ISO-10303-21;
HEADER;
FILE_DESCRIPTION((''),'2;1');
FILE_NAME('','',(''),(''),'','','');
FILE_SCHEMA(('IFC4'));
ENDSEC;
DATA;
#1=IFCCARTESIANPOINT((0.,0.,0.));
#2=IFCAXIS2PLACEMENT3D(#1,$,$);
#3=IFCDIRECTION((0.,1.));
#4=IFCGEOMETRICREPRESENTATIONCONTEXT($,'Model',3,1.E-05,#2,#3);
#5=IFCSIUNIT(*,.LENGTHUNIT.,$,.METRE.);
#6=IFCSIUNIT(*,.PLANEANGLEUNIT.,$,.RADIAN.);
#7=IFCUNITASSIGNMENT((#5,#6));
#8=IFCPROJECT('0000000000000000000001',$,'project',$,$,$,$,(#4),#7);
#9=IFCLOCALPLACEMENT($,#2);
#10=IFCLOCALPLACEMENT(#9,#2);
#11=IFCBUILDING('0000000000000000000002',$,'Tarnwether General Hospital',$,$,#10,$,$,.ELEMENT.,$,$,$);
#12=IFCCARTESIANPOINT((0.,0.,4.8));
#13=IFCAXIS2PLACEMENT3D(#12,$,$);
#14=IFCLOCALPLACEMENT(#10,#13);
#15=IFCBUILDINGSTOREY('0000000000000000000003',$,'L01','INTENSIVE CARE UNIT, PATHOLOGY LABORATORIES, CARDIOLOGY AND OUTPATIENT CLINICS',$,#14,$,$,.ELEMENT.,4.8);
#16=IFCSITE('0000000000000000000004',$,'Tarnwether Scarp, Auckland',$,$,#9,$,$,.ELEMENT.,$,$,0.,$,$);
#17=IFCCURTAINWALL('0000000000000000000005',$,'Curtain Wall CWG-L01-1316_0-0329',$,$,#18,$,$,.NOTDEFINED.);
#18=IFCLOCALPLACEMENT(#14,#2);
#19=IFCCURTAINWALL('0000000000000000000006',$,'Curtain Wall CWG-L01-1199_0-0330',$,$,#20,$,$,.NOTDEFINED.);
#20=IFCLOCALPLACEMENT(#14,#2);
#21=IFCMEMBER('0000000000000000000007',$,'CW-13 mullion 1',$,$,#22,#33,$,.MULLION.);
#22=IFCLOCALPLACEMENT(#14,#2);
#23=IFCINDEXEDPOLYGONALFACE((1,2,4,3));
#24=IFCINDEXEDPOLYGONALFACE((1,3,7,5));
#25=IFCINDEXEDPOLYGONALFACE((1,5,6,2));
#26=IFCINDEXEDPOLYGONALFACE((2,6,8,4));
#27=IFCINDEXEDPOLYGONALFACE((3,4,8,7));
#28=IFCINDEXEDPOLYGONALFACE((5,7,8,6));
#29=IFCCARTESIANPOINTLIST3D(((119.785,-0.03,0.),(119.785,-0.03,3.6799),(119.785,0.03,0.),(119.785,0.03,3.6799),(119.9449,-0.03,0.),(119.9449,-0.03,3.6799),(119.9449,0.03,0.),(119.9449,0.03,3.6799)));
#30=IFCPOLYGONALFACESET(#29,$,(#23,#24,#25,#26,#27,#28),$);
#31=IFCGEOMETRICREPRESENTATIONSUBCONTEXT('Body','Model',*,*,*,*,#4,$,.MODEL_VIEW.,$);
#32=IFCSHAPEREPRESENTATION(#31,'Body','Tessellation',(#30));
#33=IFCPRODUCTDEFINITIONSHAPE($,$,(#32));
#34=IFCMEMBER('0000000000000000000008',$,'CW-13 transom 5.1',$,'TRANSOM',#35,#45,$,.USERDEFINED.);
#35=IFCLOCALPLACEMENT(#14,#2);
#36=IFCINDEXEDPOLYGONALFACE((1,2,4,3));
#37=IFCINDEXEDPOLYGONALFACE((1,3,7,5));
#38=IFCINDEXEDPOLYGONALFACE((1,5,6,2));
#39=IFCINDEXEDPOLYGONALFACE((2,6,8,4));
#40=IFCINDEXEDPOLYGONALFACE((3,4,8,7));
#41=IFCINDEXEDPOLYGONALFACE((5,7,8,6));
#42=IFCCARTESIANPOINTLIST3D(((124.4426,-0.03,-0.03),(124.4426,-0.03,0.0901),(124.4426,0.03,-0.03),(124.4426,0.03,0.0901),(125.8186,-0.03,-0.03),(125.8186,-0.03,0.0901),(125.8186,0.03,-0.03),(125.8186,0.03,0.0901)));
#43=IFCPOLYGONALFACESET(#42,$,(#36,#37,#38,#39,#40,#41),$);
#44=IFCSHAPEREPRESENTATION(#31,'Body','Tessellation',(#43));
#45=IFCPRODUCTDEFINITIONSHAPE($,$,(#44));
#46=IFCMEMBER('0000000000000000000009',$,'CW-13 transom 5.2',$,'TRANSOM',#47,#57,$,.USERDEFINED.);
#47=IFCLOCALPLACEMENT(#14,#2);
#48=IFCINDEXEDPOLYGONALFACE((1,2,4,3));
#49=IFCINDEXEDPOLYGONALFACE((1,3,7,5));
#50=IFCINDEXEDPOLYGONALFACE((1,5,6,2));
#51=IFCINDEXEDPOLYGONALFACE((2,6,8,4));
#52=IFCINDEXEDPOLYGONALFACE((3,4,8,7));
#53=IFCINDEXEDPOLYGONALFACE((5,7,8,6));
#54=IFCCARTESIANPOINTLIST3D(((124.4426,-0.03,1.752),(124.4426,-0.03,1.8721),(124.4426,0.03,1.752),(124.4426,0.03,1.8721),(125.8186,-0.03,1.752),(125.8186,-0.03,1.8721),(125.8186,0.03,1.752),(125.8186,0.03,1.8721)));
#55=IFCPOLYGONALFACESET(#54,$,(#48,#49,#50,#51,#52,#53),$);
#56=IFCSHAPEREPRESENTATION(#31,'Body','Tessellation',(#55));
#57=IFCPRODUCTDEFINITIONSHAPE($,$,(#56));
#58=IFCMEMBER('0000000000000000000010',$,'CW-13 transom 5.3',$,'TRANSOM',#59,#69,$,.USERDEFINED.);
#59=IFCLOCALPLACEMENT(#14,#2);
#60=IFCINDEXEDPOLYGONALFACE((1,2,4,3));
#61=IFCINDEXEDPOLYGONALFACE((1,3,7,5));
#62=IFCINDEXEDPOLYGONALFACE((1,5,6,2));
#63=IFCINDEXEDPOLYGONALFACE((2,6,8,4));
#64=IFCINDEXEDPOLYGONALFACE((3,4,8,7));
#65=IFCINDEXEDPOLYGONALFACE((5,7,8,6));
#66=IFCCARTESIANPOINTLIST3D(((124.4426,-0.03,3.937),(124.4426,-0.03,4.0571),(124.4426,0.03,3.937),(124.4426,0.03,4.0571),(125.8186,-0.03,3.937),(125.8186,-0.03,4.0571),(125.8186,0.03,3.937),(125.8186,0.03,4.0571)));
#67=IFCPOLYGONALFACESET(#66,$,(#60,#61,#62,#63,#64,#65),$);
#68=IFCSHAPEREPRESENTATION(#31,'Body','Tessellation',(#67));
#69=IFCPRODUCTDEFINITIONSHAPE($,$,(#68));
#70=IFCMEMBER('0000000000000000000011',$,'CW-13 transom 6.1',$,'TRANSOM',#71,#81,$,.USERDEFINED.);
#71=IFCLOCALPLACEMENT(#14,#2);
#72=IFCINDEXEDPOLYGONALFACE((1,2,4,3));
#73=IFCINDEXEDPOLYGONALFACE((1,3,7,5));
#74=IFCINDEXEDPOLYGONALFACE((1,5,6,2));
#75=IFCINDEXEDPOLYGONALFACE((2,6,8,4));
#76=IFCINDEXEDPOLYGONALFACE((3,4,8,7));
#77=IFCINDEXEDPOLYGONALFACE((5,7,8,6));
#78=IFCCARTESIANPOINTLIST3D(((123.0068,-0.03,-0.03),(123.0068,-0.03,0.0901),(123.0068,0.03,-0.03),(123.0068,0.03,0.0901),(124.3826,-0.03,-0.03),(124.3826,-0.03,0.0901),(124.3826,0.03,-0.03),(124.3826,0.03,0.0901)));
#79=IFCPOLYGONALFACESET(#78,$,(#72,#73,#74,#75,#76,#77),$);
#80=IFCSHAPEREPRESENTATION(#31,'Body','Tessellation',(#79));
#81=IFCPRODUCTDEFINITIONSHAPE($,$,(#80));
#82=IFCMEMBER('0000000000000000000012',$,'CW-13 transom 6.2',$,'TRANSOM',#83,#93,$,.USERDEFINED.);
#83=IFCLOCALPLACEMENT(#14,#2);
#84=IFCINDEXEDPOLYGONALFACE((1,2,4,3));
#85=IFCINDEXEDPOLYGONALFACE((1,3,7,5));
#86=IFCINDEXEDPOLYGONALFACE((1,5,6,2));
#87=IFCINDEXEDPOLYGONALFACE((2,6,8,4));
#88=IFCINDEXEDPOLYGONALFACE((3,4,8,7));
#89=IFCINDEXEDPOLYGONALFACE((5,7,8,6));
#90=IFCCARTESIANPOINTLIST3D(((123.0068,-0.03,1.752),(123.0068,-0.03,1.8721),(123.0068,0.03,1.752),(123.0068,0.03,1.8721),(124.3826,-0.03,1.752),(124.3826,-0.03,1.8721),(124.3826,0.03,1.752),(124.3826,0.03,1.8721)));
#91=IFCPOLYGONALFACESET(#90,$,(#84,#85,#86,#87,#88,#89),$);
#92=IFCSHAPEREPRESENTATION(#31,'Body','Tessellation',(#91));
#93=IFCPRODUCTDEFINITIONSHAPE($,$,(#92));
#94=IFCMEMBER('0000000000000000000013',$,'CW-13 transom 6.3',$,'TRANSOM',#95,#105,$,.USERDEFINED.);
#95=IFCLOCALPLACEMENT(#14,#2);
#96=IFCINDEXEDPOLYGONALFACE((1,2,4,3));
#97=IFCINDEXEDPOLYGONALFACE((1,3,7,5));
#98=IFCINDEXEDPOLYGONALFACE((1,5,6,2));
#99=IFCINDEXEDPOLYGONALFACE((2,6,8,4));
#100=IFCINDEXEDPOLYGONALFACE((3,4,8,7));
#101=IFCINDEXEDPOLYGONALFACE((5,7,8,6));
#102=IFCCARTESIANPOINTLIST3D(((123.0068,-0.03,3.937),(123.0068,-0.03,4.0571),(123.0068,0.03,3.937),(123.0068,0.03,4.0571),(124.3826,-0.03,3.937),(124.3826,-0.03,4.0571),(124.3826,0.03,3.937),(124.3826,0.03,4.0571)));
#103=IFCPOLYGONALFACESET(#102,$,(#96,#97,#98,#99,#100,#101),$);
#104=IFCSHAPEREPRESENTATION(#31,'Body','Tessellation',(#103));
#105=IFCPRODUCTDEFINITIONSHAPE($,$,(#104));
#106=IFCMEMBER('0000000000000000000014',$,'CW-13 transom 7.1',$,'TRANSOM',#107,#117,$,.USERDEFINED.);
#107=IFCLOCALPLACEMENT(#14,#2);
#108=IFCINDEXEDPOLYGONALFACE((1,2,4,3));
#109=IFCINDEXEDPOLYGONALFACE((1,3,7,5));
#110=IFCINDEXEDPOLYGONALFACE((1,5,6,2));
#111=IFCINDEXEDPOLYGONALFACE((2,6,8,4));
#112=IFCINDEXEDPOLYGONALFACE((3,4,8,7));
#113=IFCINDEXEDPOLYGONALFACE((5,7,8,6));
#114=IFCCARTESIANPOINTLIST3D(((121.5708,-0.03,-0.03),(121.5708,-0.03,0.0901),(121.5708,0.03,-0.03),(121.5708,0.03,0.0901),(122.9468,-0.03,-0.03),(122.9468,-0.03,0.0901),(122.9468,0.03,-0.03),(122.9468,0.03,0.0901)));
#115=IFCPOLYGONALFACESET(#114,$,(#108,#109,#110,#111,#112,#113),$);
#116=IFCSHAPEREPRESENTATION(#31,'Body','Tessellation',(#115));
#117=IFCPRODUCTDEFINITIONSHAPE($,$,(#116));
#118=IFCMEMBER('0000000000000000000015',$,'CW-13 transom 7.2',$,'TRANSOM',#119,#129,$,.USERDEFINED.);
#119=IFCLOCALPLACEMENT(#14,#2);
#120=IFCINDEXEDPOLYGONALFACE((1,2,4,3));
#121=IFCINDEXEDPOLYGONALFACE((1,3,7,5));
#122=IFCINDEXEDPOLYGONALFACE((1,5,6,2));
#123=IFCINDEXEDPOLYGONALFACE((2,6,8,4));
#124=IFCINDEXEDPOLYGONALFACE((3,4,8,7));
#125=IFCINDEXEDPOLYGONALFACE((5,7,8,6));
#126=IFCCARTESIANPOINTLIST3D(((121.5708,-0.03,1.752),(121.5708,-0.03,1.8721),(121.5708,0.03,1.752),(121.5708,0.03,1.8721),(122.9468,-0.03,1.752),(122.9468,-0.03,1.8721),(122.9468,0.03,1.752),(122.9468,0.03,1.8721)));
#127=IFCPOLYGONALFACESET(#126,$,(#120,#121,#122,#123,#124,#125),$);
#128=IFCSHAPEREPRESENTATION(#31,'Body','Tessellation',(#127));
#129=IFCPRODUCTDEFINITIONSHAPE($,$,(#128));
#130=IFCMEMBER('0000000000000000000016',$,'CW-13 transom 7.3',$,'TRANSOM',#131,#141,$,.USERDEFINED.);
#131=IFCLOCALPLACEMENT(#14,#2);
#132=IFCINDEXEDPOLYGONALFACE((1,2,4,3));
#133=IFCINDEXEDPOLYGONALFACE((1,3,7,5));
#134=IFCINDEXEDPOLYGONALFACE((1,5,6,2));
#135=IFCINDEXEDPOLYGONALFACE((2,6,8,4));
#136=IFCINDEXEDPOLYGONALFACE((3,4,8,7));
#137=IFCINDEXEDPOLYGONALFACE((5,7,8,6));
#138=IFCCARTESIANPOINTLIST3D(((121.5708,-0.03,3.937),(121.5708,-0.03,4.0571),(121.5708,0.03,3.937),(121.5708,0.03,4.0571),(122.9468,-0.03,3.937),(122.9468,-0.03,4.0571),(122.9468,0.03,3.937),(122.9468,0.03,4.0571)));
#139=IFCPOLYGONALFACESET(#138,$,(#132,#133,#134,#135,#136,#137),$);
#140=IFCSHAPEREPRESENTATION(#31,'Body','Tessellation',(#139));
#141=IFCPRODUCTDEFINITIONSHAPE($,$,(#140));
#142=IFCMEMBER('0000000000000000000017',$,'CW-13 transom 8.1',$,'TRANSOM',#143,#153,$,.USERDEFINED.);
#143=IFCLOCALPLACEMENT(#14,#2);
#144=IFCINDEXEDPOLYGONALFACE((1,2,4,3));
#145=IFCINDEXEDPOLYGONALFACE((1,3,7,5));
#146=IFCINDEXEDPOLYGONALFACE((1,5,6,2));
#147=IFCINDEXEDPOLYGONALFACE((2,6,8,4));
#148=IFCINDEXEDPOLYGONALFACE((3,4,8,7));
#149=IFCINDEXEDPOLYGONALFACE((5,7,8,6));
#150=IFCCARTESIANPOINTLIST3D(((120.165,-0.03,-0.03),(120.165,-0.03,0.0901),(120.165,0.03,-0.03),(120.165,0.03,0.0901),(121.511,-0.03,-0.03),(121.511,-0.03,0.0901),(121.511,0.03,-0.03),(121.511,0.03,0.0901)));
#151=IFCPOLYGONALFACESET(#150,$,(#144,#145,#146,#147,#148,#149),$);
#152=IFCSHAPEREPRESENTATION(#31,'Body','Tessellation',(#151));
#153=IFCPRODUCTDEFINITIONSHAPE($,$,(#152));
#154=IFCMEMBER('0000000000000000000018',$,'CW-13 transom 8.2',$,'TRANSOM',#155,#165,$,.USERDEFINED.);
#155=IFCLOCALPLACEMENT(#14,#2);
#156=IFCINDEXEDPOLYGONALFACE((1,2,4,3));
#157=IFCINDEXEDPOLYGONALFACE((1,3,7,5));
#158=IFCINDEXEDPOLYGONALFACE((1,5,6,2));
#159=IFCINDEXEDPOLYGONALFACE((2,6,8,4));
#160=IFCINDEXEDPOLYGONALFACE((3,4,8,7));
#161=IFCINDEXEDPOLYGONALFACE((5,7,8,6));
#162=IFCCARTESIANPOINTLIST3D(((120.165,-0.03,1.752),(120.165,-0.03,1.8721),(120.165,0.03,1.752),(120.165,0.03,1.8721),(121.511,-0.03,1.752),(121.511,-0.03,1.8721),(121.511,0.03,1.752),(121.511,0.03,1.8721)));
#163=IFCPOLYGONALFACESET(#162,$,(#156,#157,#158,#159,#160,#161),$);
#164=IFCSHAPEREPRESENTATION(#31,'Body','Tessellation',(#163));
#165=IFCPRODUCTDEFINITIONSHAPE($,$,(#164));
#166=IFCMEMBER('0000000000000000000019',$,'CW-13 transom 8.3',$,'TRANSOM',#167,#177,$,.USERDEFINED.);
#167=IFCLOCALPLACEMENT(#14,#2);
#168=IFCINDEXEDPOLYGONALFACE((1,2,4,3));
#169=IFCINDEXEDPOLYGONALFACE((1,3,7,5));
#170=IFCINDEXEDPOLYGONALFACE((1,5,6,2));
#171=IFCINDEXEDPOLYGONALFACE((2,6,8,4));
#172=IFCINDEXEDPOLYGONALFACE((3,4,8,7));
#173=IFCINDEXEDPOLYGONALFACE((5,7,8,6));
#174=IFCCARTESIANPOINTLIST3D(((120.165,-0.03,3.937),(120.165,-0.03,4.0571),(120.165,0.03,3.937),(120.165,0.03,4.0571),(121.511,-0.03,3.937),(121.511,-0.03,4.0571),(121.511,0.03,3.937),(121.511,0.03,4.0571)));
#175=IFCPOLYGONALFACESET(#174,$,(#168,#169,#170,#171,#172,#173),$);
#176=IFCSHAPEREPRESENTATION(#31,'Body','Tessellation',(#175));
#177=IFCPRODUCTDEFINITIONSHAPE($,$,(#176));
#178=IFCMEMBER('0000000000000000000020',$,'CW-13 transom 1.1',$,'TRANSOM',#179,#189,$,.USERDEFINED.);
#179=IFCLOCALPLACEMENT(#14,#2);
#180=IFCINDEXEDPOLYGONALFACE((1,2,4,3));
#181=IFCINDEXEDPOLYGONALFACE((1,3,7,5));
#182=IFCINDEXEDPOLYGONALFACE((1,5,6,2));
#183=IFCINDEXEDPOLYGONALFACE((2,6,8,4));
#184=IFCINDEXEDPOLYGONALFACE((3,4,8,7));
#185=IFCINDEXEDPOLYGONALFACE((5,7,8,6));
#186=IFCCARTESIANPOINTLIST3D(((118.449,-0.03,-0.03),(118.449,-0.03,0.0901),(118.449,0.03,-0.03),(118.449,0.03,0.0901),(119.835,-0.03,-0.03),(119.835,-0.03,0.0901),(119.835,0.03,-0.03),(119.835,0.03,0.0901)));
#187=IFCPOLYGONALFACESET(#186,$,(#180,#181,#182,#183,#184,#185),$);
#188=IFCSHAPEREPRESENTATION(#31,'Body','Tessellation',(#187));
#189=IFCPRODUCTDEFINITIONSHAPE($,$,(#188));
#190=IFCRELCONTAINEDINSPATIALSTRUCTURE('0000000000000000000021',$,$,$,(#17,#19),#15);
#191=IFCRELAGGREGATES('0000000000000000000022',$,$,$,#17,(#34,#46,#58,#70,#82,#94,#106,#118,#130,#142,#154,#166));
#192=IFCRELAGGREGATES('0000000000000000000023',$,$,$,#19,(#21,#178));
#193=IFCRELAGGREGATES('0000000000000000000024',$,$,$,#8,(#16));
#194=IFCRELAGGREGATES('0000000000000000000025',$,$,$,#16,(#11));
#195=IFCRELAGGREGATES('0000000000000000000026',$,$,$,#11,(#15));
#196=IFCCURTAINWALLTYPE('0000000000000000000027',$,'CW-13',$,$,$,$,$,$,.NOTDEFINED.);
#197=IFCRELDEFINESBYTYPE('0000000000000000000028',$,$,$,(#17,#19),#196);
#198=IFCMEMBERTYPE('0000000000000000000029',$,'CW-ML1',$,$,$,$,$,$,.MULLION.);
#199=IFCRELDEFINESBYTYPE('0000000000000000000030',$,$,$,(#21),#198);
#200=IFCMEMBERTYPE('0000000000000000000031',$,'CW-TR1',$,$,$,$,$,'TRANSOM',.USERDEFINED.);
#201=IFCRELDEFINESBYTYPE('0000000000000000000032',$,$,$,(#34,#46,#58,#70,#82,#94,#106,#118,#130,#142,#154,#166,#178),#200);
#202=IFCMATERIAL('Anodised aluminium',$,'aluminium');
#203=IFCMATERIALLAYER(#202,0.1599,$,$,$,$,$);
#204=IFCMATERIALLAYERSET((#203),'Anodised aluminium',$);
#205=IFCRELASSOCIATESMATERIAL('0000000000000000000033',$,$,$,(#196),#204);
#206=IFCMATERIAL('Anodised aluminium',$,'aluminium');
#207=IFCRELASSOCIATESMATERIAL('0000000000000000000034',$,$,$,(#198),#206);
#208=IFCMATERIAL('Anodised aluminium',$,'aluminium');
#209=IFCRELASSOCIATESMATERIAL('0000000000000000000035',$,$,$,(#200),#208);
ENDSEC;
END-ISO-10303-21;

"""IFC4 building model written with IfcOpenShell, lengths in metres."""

from ifc_helpers import new_model, si_unit, direction, frame, origin, origin_2d, place, context, subcontext, project, spatial, rectangle, extrude, material, layer, layer_set, material_profile, profile_set, type_object, element, aggregate, save


model = new_model("IFC4")

# Units and contexts
model_context = context("Model", 3, precision=1e-05, world=origin(), true_north=direction((0.0, 1.0)))
body_context = subcontext(model_context, "Body", "Model", "MODEL_VIEW")
ifc_project = project(units=[si_unit("LENGTHUNIT", "METRE"), si_unit("PLANEANGLEUNIT", "RADIAN")], contexts=[model_context])

# Site, building, storey
site_placement = place(None, origin())
site = spatial("IfcSite", under=ifc_project, at=site_placement, Name="Tarnwether Scarp, Auckland", CompositionType="ELEMENT", RefElevation=0.0)
building_placement = place(site_placement, origin())
building = spatial("IfcBuilding", under=site, at=building_placement, Name="Tarnwether General Hospital", CompositionType="ELEMENT")
storey_placement = place(building_placement, frame((0.0, 0.0, 4.8)))
storey = spatial("IfcBuildingStorey", under=building, at=storey_placement, Name="L01", Description="INTENSIVE CARE UNIT, PATHOLOGY LABORATORIES, CARDIOLOGY AND OUTPATIENT CLINICS", CompositionType="ELEMENT", Elevation=4.8)

# Curtain wall
ifc_material_1 = material(Name="Anodised aluminium", Category="aluminium")
ifc_layer_1 = layer(ifc_material_1, 0.1599)
ifc_layer_set_1 = layer_set([ifc_layer_1], Name="Anodised aluminium")
curtain_wall_type = type_object("IfcCurtainWallType", Name="CW-13", PredefinedType="NOTDEFINED", material=ifc_layer_set_1)
curtain_wall_1_placement = place(storey_placement, origin())
curtain_wall_1 = element("IfcCurtainWall", 1, at=curtain_wall_1_placement, inside=storey, type_object=curtain_wall_type, Name="Curtain Wall CWG-L01-1316_0-0329", PredefinedType="NOTDEFINED")
ifc_material_2 = material(Name="Anodised aluminium", Category="aluminium")
ifc_material_profile_1 = material_profile(ifc_material_2, rectangle(XDim=0.0601, YDim=0.1599, at=origin_2d()), Name="ALU-MUL-60x160")
ifc_profile_set_1 = profile_set([ifc_material_profile_1], Name="Anodised aluminium")
member_type_1 = type_object("IfcMemberType", Name="CW-ML1", PredefinedType="MULLION", material=ifc_profile_set_1)

# Curtain wall, member
curtain_wall_2_placement = place(storey_placement, origin())
curtain_wall_2 = element("IfcCurtainWall", 2, at=curtain_wall_2_placement, inside=storey, type_object=curtain_wall_type, Name="Curtain Wall CWG-L01-1199_0-0330", PredefinedType="NOTDEFINED")
member_1_placement = place(storey_placement, frame((119.865, 0.0, 0.0), z_axis=(0.0, 0.0, 1.0), x_axis=(0.0, -1.0, 0.0)))
member_1 = element("IfcMember", 3, at=member_1_placement, type_object=member_type_1, Name="CW-13 mullion 1", PredefinedType="MULLION", context=body_context, shape_type="SweptSolid", body=[
    extrude(rectangle(XDim=0.0601, YDim=0.1599, at=origin_2d()), origin(), (0.0, 0.0, 1.0), 3.6799),
])

# Members
ifc_material_3 = material(Name="Anodised aluminium", Category="aluminium")
ifc_material_profile_2 = material_profile(ifc_material_3, rectangle(XDim=0.0601, YDim=0.1201, at=origin_2d()), Name="ALU-TRN-60x120")
ifc_profile_set_2 = profile_set([ifc_material_profile_2], Name="Anodised aluminium")
member_type_2 = type_object("IfcMemberType", Name="CW-TR1", ElementType="TRANSOM", PredefinedType="USERDEFINED", material=ifc_profile_set_2)
member_2_placement = place(storey_placement, frame((125.8186, 0.0, 0.03), z_axis=(-1.0, 0.0, 0.0), x_axis=(0.0, -1.0, 0.0)))
member_2 = element("IfcMember", 4, at=member_2_placement, type_object=member_type_2, Name="CW-13 transom 5.1", ObjectType="TRANSOM", PredefinedType="USERDEFINED", context=body_context, shape_type="SweptSolid", body=[
    extrude(rectangle(XDim=0.0601, YDim=0.1201, at=origin_2d()), origin(), (0.0, 0.0, 1.0), 1.376),
])
member_3_placement = place(storey_placement, frame((125.8186, 0.0, 1.812), z_axis=(-1.0, 0.0, 0.0), x_axis=(0.0, -1.0, 0.0)))
member_3 = element("IfcMember", 5, at=member_3_placement, type_object=member_type_2, Name="CW-13 transom 5.2", ObjectType="TRANSOM", PredefinedType="USERDEFINED", context=body_context, shape_type="SweptSolid", body=[
    extrude(rectangle(XDim=0.0601, YDim=0.1201, at=origin_2d()), origin(), (0.0, 0.0, 1.0), 1.376),
])
member_4_placement = place(storey_placement, frame((125.8186, 0.0, 3.9971), z_axis=(-1.0, 0.0, 0.0), x_axis=(0.0, -1.0, 0.0)))
member_4 = element("IfcMember", 6, at=member_4_placement, type_object=member_type_2, Name="CW-13 transom 5.3", ObjectType="TRANSOM", PredefinedType="USERDEFINED", context=body_context, shape_type="SweptSolid", body=[
    extrude(rectangle(XDim=0.0601, YDim=0.1201, at=origin_2d()), origin(), (0.0, 0.0, 1.0), 1.376),
])
member_5_placement = place(storey_placement, frame((124.3826, 0.0, 0.03), z_axis=(-1.0, 0.0, 0.0), x_axis=(0.0, -1.0, 0.0)))
member_5 = element("IfcMember", 7, at=member_5_placement, type_object=member_type_2, Name="CW-13 transom 6.1", ObjectType="TRANSOM", PredefinedType="USERDEFINED", context=body_context, shape_type="SweptSolid", body=[
    extrude(rectangle(XDim=0.0601, YDim=0.1201, at=origin_2d()), origin(), (0.0, 0.0, 1.0), 1.3757),
])
member_6_placement = place(storey_placement, frame((124.3826, 0.0, 1.812), z_axis=(-1.0, 0.0, 0.0), x_axis=(0.0, -1.0, 0.0)))
member_6 = element("IfcMember", 8, at=member_6_placement, type_object=member_type_2, Name="CW-13 transom 6.2", ObjectType="TRANSOM", PredefinedType="USERDEFINED", context=body_context, shape_type="SweptSolid", body=[
    extrude(rectangle(XDim=0.0601, YDim=0.1201, at=origin_2d()), origin(), (0.0, 0.0, 1.0), 1.3757),
])
member_7_placement = place(storey_placement, frame((124.3826, 0.0, 3.9971), z_axis=(-1.0, 0.0, 0.0), x_axis=(0.0, -1.0, 0.0)))
member_7 = element("IfcMember", 9, at=member_7_placement, type_object=member_type_2, Name="CW-13 transom 6.3", ObjectType="TRANSOM", PredefinedType="USERDEFINED", context=body_context, shape_type="SweptSolid", body=[
    extrude(rectangle(XDim=0.0601, YDim=0.1201, at=origin_2d()), origin(), (0.0, 0.0, 1.0), 1.3757),
])
member_8_placement = place(storey_placement, frame((122.9468, 0.0, 0.03), z_axis=(-1.0, 0.0, 0.0), x_axis=(0.0, -1.0, 0.0)))
member_8 = element("IfcMember", 10, at=member_8_placement, type_object=member_type_2, Name="CW-13 transom 7.1", ObjectType="TRANSOM", PredefinedType="USERDEFINED", context=body_context, shape_type="SweptSolid", body=[
    extrude(rectangle(XDim=0.0601, YDim=0.1201, at=origin_2d()), origin(), (0.0, 0.0, 1.0), 1.376),
])
member_9_placement = place(storey_placement, frame((122.9468, 0.0, 1.812), z_axis=(-1.0, 0.0, 0.0), x_axis=(0.0, -1.0, 0.0)))
member_9 = element("IfcMember", 11, at=member_9_placement, type_object=member_type_2, Name="CW-13 transom 7.2", ObjectType="TRANSOM", PredefinedType="USERDEFINED", context=body_context, shape_type="SweptSolid", body=[
    extrude(rectangle(XDim=0.0601, YDim=0.1201, at=origin_2d()), origin(), (0.0, 0.0, 1.0), 1.376),
])
member_10_placement = place(storey_placement, frame((122.9468, 0.0, 3.9971), z_axis=(-1.0, 0.0, 0.0), x_axis=(0.0, -1.0, 0.0)))
member_10 = element("IfcMember", 12, at=member_10_placement, type_object=member_type_2, Name="CW-13 transom 7.3", ObjectType="TRANSOM", PredefinedType="USERDEFINED", context=body_context, shape_type="SweptSolid", body=[
    extrude(rectangle(XDim=0.0601, YDim=0.1201, at=origin_2d()), origin(), (0.0, 0.0, 1.0), 1.376),
])
member_11_placement = place(storey_placement, frame((121.511, 0.0, 0.03), z_axis=(-1.0, 0.0, 0.0), x_axis=(0.0, -1.0, 0.0)))
member_11 = element("IfcMember", 13, at=member_11_placement, type_object=member_type_2, Name="CW-13 transom 8.1", ObjectType="TRANSOM", PredefinedType="USERDEFINED", context=body_context, shape_type="SweptSolid", body=[
    extrude(rectangle(XDim=0.0601, YDim=0.1201, at=origin_2d()), origin(), (0.0, 0.0, 1.0), 1.3459),
])
member_12_placement = place(storey_placement, frame((121.511, 0.0, 1.812), z_axis=(-1.0, 0.0, 0.0), x_axis=(0.0, -1.0, 0.0)))
member_12 = element("IfcMember", 14, at=member_12_placement, type_object=member_type_2, Name="CW-13 transom 8.2", ObjectType="TRANSOM", PredefinedType="USERDEFINED", context=body_context, shape_type="SweptSolid", body=[
    extrude(rectangle(XDim=0.0601, YDim=0.1201, at=origin_2d()), origin(), (0.0, 0.0, 1.0), 1.3459),
])
member_13_placement = place(storey_placement, frame((121.511, 0.0, 3.9971), z_axis=(-1.0, 0.0, 0.0), x_axis=(0.0, -1.0, 0.0)))
member_13 = element("IfcMember", 15, at=member_13_placement, type_object=member_type_2, Name="CW-13 transom 8.3", ObjectType="TRANSOM", PredefinedType="USERDEFINED", context=body_context, shape_type="SweptSolid", body=[
    extrude(rectangle(XDim=0.0601, YDim=0.1201, at=origin_2d()), origin(), (0.0, 0.0, 1.0), 1.3459),
])
member_14_placement = place(storey_placement, frame((119.835, 0.0, 0.03), z_axis=(-1.0, 0.0, 0.0), x_axis=(0.0, -1.0, 0.0)))
member_14 = element("IfcMember", 16, at=member_14_placement, type_object=member_type_2, Name="CW-13 transom 1.1", ObjectType="TRANSOM", PredefinedType="USERDEFINED", context=body_context, shape_type="SweptSolid", body=[
    extrude(rectangle(XDim=0.0601, YDim=0.1201, at=origin_2d()), origin(), (0.0, 0.0, 1.0), 1.386),
])

aggregate(curtain_wall_1, [member_2, member_3, member_4, member_5, member_6, member_7, member_8, member_9, member_10, member_11, member_12, member_13])
aggregate(curtain_wall_2, [member_1, member_14])

save(model, "model.ifc")
